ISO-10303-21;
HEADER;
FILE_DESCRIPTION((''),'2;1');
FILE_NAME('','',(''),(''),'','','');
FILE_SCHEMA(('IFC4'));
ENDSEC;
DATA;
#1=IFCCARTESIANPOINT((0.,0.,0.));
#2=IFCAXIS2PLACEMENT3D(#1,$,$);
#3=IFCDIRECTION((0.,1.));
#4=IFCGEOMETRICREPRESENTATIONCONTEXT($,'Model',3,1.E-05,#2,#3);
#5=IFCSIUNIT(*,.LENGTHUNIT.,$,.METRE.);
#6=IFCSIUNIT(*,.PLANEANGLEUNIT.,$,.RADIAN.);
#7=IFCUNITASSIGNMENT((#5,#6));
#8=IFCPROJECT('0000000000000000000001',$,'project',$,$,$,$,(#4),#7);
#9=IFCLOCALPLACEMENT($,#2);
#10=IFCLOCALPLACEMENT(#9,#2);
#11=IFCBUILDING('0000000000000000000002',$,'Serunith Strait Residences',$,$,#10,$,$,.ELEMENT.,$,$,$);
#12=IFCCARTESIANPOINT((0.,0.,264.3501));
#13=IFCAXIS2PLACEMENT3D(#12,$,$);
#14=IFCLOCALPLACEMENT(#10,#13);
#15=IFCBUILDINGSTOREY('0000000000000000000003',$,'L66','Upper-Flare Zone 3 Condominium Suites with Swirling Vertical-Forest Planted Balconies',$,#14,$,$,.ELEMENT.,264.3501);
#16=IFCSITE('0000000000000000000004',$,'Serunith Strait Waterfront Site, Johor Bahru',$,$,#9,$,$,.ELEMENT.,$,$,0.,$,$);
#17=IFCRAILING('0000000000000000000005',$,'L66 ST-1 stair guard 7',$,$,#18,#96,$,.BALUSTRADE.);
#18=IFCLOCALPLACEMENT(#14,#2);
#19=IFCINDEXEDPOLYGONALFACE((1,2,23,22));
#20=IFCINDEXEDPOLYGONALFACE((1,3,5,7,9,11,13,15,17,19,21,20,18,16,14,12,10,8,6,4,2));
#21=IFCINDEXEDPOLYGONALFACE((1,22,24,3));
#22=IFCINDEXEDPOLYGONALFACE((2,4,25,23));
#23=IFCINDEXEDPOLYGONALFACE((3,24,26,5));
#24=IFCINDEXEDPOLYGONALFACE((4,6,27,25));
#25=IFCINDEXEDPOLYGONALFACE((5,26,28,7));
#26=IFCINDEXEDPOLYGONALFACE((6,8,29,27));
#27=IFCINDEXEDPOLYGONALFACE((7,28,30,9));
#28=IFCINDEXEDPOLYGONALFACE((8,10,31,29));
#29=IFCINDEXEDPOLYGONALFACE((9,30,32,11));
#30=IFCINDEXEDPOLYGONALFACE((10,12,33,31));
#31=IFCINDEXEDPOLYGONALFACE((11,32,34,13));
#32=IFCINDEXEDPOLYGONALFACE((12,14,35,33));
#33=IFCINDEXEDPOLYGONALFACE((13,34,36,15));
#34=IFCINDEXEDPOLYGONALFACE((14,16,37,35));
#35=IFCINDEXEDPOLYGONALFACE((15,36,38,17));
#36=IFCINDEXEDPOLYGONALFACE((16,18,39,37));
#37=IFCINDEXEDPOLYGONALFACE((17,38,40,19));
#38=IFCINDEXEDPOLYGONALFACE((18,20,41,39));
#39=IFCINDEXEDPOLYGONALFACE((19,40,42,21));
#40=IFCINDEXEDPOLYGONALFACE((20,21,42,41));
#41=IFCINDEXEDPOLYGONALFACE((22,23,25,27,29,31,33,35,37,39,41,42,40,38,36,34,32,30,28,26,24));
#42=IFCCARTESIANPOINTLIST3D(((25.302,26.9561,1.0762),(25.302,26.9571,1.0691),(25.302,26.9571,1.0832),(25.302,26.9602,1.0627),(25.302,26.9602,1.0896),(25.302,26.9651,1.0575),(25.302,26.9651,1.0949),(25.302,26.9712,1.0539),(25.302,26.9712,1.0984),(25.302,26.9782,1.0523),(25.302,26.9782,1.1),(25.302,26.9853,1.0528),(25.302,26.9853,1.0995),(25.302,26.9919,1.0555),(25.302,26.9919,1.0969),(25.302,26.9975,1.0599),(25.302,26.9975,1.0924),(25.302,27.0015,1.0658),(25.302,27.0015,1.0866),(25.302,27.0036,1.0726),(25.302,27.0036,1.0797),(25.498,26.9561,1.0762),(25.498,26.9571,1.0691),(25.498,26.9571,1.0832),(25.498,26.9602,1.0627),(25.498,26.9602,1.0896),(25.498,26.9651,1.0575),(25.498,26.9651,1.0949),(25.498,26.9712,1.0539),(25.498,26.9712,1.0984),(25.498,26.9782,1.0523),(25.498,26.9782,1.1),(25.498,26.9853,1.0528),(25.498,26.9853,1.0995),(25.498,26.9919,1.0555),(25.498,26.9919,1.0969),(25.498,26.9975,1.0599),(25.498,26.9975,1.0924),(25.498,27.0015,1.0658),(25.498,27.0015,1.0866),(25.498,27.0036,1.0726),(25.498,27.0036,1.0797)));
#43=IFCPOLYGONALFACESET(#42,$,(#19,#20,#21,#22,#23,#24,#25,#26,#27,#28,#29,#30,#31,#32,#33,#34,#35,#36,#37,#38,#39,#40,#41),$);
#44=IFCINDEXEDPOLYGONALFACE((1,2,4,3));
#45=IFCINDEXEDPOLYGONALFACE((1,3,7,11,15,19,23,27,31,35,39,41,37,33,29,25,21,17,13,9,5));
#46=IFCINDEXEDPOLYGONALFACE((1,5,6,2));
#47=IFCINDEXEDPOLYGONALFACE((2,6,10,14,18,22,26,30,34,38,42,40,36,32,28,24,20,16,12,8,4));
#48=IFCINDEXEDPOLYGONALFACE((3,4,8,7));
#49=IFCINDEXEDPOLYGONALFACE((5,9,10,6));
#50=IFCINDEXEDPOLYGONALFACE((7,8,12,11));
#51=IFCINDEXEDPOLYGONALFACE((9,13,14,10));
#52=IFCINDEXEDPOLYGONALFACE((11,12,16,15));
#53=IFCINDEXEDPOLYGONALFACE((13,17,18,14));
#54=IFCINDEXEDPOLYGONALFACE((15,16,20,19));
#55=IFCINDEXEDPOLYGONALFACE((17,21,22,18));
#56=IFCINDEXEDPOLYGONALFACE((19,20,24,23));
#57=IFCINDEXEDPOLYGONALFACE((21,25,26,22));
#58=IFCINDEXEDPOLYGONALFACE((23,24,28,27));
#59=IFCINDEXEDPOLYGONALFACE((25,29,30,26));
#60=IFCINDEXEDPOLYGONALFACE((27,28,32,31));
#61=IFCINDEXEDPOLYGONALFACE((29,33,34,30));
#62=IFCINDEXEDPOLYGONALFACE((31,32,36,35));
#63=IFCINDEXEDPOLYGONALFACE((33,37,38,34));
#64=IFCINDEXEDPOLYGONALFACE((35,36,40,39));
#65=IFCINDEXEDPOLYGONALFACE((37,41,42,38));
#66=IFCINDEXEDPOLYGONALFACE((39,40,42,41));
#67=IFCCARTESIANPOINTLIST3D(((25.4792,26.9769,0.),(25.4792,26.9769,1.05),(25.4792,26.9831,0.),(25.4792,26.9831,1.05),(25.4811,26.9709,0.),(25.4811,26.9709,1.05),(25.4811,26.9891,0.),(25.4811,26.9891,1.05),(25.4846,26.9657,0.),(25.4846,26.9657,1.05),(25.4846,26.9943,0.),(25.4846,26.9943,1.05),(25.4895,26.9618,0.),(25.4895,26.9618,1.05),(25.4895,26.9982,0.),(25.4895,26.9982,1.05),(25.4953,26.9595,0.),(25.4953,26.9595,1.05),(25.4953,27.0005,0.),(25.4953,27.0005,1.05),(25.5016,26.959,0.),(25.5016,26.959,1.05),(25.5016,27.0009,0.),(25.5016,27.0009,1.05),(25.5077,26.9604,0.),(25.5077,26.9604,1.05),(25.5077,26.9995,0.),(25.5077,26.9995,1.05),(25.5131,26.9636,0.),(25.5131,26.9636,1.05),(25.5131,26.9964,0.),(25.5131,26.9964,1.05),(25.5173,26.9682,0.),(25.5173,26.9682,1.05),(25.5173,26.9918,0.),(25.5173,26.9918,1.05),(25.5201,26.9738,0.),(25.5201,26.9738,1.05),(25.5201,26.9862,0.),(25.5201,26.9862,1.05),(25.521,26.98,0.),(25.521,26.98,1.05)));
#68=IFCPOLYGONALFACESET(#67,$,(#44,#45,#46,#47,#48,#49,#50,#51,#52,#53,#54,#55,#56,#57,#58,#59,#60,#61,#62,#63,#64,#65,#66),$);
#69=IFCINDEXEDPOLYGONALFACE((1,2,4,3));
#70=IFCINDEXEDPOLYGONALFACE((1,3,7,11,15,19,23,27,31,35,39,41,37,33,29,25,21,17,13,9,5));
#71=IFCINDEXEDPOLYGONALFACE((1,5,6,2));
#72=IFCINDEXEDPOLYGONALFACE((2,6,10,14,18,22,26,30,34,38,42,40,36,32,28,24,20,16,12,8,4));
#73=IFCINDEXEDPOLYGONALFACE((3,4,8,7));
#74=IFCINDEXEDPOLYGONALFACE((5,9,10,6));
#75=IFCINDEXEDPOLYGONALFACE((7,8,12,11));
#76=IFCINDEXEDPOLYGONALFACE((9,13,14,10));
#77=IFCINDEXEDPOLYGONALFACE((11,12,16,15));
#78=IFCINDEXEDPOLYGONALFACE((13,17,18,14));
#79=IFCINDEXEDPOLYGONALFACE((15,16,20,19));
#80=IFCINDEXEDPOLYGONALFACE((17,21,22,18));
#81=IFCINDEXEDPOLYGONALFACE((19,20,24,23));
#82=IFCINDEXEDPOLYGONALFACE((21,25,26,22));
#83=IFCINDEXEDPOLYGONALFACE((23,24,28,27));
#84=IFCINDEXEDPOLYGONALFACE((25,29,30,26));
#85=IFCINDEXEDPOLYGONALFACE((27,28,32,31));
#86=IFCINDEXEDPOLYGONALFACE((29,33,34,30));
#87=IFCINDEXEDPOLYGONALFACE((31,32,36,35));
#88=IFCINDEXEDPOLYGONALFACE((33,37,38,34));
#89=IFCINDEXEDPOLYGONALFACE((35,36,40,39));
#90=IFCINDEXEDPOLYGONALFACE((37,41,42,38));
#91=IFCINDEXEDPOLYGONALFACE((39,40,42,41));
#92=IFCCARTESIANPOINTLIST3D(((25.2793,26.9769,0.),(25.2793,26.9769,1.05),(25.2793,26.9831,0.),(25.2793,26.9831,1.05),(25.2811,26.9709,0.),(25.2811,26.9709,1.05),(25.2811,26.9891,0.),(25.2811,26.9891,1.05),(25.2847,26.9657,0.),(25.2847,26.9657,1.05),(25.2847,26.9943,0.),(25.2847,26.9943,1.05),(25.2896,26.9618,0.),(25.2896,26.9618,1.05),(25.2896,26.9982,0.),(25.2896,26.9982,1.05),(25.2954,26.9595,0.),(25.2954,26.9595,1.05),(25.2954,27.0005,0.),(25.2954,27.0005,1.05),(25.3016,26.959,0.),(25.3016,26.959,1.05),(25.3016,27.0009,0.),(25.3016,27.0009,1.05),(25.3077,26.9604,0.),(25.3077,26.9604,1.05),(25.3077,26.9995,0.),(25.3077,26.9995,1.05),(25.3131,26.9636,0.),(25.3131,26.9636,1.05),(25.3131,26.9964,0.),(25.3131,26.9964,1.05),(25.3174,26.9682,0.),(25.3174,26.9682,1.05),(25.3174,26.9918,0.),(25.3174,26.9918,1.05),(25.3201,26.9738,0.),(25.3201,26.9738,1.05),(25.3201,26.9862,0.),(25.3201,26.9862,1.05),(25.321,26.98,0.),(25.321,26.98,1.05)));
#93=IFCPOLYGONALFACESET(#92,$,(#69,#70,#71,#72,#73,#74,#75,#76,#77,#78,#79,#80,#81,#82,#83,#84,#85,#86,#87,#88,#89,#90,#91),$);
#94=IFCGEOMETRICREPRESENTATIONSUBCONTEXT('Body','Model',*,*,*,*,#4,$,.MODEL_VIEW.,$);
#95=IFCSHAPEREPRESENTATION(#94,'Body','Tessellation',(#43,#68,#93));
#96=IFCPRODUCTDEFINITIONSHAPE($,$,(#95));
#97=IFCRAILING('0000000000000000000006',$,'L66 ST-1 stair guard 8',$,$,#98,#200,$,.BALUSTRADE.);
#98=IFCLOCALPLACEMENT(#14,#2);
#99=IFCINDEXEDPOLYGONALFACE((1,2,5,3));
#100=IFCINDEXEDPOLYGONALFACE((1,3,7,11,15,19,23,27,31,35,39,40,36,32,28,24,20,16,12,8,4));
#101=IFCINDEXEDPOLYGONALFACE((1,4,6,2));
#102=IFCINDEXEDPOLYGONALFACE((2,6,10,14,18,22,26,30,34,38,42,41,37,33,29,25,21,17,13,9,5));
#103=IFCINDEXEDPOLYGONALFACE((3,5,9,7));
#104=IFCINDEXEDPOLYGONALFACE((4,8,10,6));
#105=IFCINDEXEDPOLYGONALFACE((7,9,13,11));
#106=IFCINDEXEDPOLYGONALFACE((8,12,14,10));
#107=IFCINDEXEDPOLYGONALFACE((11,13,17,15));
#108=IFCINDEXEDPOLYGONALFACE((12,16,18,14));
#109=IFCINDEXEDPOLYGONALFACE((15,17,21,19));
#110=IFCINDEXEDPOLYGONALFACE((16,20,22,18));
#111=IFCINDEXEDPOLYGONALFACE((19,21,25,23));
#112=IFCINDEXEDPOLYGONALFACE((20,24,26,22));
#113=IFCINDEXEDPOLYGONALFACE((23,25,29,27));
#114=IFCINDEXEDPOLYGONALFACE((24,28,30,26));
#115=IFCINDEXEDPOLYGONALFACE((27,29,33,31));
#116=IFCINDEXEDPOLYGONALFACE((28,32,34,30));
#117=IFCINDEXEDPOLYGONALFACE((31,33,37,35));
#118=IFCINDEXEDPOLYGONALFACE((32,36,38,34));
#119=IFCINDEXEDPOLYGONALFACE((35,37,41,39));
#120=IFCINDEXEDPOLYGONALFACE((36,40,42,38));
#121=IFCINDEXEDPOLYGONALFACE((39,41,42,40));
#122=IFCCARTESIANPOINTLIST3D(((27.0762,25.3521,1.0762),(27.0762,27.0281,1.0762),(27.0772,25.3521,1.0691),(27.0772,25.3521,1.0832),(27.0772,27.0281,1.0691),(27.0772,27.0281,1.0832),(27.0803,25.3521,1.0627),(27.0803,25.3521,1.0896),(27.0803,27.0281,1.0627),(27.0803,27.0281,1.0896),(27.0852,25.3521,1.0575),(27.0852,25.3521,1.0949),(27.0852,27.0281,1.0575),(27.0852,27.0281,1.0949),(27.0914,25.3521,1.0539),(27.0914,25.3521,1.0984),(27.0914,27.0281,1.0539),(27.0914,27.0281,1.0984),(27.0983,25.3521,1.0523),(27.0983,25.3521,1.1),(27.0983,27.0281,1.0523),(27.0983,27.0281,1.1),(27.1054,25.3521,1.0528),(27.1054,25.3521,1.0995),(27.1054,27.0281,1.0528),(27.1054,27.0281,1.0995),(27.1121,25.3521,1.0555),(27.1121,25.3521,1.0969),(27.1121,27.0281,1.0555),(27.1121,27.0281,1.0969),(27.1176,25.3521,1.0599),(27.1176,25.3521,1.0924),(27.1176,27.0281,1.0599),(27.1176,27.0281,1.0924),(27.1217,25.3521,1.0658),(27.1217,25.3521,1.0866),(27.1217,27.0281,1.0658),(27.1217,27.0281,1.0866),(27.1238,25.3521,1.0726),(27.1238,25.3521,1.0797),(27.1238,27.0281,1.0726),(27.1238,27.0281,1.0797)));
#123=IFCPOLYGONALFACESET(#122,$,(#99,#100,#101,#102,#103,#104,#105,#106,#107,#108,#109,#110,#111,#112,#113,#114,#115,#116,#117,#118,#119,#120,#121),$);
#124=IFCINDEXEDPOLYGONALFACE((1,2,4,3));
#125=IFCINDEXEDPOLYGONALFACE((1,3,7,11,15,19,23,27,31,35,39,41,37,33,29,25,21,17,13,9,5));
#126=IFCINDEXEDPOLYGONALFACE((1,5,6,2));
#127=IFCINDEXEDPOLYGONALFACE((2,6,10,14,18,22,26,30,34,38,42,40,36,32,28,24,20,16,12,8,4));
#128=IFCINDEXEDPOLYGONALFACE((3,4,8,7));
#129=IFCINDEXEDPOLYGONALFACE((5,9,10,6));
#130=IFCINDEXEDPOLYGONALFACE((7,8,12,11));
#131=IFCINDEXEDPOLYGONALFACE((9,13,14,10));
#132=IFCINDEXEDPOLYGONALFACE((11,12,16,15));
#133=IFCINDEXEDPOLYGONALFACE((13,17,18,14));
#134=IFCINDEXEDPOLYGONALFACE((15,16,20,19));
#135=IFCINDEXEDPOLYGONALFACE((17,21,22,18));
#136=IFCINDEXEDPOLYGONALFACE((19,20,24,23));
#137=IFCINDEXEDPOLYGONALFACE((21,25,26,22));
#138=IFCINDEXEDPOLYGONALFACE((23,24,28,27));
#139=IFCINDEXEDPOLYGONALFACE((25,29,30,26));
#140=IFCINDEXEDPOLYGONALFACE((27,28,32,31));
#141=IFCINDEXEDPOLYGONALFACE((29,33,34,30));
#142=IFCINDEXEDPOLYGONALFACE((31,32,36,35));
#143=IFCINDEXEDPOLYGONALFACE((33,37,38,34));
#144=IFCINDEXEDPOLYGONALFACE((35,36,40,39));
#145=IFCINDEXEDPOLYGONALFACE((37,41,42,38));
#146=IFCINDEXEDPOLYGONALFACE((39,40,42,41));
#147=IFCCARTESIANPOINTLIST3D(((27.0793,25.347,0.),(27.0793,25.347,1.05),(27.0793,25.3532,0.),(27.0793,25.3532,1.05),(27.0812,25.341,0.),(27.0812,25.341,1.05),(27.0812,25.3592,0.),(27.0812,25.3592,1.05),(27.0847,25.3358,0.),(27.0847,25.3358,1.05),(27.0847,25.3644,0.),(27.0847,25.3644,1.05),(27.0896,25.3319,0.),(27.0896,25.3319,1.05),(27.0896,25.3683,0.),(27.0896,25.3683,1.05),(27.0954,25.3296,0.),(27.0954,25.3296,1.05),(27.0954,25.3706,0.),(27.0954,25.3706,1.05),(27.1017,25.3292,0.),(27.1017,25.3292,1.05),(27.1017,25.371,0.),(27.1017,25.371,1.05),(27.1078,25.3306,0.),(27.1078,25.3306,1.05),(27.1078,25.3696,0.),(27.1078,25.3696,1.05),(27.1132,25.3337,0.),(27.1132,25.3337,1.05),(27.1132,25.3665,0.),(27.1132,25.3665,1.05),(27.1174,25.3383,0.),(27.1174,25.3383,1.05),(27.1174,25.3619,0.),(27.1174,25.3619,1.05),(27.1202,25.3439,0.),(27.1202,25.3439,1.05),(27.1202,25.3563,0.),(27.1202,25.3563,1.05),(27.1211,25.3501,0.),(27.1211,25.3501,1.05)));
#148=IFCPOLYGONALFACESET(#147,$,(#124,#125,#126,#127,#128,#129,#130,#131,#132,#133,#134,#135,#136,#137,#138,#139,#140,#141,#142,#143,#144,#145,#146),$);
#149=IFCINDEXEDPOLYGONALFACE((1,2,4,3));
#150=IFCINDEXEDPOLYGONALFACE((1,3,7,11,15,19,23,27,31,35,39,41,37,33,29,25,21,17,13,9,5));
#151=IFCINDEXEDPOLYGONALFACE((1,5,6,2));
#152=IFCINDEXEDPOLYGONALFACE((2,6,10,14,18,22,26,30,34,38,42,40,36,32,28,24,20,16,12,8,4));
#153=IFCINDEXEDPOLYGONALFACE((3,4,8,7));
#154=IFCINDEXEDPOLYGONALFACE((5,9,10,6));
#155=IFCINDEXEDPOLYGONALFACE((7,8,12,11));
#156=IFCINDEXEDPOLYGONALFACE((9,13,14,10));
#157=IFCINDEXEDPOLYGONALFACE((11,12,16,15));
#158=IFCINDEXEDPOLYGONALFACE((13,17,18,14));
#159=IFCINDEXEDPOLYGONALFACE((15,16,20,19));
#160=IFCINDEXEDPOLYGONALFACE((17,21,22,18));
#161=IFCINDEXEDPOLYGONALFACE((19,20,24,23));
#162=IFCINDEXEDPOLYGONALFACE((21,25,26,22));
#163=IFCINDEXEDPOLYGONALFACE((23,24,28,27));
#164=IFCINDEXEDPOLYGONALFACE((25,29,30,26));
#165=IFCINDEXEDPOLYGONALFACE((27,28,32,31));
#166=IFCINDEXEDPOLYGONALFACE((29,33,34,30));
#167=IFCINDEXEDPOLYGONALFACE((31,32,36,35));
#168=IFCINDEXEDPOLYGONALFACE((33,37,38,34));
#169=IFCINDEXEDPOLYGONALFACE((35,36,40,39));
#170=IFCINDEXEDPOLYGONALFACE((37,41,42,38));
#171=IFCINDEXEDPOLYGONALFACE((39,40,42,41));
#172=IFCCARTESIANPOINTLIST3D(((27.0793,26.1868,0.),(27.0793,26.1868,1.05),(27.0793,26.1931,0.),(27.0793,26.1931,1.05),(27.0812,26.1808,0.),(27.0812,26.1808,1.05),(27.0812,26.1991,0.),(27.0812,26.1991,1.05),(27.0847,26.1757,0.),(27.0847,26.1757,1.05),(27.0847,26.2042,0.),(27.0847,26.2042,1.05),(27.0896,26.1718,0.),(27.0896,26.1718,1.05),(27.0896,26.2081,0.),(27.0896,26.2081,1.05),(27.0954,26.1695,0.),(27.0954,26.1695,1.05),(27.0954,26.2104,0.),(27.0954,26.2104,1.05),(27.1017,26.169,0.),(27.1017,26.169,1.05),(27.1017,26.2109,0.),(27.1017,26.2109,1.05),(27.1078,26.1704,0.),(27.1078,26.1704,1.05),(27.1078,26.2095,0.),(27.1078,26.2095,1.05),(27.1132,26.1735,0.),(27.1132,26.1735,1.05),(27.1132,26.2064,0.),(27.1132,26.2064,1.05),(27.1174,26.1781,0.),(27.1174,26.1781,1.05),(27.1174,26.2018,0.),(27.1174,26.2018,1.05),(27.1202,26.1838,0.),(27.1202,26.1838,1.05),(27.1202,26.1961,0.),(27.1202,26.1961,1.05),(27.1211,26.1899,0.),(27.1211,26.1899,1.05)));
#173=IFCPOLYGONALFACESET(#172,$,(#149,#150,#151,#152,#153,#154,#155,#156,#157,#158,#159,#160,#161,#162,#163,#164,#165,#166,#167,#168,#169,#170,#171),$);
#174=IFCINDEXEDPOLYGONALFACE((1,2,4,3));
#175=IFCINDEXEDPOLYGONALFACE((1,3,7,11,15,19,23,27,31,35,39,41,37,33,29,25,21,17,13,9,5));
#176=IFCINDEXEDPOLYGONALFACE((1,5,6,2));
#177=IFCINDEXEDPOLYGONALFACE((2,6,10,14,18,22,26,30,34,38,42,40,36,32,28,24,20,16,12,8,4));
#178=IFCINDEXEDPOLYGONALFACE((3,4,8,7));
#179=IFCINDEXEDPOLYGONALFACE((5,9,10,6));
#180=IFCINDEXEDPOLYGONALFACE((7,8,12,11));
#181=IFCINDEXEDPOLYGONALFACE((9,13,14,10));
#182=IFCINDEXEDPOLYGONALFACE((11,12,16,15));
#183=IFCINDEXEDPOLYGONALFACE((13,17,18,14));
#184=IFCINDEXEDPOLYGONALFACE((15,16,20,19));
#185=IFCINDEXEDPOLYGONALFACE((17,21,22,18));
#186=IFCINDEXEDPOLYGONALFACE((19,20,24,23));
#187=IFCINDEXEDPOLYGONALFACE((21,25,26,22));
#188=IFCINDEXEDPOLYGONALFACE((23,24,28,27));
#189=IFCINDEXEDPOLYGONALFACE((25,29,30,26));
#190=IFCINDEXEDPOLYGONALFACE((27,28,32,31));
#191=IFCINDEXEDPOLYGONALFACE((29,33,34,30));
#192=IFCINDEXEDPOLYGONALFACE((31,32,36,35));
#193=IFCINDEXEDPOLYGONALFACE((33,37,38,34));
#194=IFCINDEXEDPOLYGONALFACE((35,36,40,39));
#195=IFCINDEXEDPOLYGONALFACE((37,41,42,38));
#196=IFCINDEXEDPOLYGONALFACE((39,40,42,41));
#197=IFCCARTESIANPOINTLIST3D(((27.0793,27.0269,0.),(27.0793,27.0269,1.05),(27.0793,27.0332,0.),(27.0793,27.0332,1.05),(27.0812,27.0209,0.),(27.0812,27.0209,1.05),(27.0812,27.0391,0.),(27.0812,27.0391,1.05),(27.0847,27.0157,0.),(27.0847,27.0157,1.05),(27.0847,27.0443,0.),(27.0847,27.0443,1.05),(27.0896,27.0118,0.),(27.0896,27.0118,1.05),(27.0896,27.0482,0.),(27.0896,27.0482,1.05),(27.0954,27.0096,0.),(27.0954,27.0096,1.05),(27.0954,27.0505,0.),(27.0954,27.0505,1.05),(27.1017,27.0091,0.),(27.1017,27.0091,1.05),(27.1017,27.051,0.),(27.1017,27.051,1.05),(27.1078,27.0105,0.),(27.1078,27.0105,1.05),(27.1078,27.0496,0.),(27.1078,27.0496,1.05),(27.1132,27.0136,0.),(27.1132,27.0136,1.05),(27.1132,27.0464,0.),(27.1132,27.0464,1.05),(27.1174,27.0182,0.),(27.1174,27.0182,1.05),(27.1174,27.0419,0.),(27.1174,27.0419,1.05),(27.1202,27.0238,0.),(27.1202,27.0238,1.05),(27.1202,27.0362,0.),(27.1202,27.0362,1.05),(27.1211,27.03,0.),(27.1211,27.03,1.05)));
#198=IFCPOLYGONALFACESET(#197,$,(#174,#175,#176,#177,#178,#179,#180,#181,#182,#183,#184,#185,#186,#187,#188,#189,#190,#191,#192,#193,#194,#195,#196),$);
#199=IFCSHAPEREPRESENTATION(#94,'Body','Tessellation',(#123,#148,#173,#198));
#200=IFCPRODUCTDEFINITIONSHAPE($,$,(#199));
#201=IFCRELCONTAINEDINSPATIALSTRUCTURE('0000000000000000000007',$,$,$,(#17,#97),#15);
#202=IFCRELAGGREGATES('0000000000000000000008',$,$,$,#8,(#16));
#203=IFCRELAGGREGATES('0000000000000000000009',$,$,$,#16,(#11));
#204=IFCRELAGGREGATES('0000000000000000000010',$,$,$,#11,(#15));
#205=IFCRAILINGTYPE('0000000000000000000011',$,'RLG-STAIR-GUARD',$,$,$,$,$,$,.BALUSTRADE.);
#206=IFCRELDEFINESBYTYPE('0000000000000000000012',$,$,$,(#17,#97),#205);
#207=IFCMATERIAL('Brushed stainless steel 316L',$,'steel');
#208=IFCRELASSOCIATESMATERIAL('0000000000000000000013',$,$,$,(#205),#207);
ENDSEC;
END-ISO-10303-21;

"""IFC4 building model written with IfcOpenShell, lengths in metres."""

from ifc_helpers import new_model, si_unit, direction, frame, origin, origin_2d, place, context, subcontext, project, spatial, circle, extrude, material, type_object, element, save


model = new_model("IFC4")

# Units and contexts
model_context = context("Model", 3, precision=1e-05, world=origin(), true_north=direction((0.0, 1.0)))
body_context = subcontext(model_context, "Body", "Model", "MODEL_VIEW")
ifc_project = project(units=[si_unit("LENGTHUNIT", "METRE"), si_unit("PLANEANGLEUNIT", "RADIAN")], contexts=[model_context])

# Site, building, storey
site_placement = place(None, origin())
site = spatial("IfcSite", under=ifc_project, at=site_placement, Name="Serunith Strait Waterfront Site, Johor Bahru", CompositionType="ELEMENT", RefElevation=0.0)
building_placement = place(site_placement, origin())
building = spatial("IfcBuilding", under=site, at=building_placement, Name="Serunith Strait Residences", CompositionType="ELEMENT")
storey_placement = place(building_placement, frame((0.0, 0.0, 264.3501)))
storey = spatial("IfcBuildingStorey", under=building, at=storey_placement, Name="L66", Description="Upper-Flare Zone 3 Condominium Suites with Swirling Vertical-Forest Planted Balconies", CompositionType="ELEMENT", Elevation=264.3501)

# Railings
ifc_material_1 = material(Name="Brushed stainless steel 316L", Category="steel")
railing_type_1 = type_object("IfcRailingType", Name="RLG-STAIR-GUARD", PredefinedType="BALUSTRADE", material=ifc_material_1)
railing_1_placement = place(storey_placement, frame((25.5, 26.98, 0.0)))
element("IfcRailing", 1, at=railing_1_placement, inside=storey, type_object=railing_type_1, Name="L66 ST-1 stair guard 7", PredefinedType="BALUSTRADE", context=body_context, shape_type="SweptSolid", body=[
    extrude(circle(Radius=0.0239, at=origin_2d()), frame((-0.002, 0.0, 1.0762), z_axis=(-1.0, 0.0, 0.0), x_axis=(0.0, -1.0, 0.0)), (0.0, 0.0, 1.0), 0.196),
    extrude(circle(Radius=0.021, at=origin_2d()), origin(), (0.0, 0.0, 1.0), 1.05),
    extrude(circle(Radius=0.021, at=origin_2d()), frame((-0.2, 0.0, 0.0)), (0.0, 0.0, 1.0), 1.05),
])
for number, where, name in (
    (2, (27.1001, 25.3501, 0.0), "L66 ST-1 stair guard 8"),
):
    element("IfcRailing", number, at=place(storey_placement, frame(where)), inside=storey, type_object=railing_type_1, Name=name, PredefinedType="BALUSTRADE", context=body_context, shape_type="SweptSolid", body=[
        extrude(circle(Radius=0.0239, at=origin_2d()), frame((0.0, 0.002, 1.0762), z_axis=(0.0, 1.0, 0.0), x_axis=(-1.0, 0.0, 0.0)), (0.0, 0.0, 1.0), 1.676),
        extrude(circle(Radius=0.021, at=origin_2d()), origin(), (0.0, 0.0, 1.0), 1.05),
        extrude(circle(Radius=0.021, at=origin_2d()), frame((0.0, 0.8398, 0.0)), (0.0, 0.0, 1.0), 1.05),
        extrude(circle(Radius=0.021, at=origin_2d()), frame((0.0, 1.6799, 0.0)), (0.0, 0.0, 1.0), 1.05),
    ])

save(model, "model.ifc")
